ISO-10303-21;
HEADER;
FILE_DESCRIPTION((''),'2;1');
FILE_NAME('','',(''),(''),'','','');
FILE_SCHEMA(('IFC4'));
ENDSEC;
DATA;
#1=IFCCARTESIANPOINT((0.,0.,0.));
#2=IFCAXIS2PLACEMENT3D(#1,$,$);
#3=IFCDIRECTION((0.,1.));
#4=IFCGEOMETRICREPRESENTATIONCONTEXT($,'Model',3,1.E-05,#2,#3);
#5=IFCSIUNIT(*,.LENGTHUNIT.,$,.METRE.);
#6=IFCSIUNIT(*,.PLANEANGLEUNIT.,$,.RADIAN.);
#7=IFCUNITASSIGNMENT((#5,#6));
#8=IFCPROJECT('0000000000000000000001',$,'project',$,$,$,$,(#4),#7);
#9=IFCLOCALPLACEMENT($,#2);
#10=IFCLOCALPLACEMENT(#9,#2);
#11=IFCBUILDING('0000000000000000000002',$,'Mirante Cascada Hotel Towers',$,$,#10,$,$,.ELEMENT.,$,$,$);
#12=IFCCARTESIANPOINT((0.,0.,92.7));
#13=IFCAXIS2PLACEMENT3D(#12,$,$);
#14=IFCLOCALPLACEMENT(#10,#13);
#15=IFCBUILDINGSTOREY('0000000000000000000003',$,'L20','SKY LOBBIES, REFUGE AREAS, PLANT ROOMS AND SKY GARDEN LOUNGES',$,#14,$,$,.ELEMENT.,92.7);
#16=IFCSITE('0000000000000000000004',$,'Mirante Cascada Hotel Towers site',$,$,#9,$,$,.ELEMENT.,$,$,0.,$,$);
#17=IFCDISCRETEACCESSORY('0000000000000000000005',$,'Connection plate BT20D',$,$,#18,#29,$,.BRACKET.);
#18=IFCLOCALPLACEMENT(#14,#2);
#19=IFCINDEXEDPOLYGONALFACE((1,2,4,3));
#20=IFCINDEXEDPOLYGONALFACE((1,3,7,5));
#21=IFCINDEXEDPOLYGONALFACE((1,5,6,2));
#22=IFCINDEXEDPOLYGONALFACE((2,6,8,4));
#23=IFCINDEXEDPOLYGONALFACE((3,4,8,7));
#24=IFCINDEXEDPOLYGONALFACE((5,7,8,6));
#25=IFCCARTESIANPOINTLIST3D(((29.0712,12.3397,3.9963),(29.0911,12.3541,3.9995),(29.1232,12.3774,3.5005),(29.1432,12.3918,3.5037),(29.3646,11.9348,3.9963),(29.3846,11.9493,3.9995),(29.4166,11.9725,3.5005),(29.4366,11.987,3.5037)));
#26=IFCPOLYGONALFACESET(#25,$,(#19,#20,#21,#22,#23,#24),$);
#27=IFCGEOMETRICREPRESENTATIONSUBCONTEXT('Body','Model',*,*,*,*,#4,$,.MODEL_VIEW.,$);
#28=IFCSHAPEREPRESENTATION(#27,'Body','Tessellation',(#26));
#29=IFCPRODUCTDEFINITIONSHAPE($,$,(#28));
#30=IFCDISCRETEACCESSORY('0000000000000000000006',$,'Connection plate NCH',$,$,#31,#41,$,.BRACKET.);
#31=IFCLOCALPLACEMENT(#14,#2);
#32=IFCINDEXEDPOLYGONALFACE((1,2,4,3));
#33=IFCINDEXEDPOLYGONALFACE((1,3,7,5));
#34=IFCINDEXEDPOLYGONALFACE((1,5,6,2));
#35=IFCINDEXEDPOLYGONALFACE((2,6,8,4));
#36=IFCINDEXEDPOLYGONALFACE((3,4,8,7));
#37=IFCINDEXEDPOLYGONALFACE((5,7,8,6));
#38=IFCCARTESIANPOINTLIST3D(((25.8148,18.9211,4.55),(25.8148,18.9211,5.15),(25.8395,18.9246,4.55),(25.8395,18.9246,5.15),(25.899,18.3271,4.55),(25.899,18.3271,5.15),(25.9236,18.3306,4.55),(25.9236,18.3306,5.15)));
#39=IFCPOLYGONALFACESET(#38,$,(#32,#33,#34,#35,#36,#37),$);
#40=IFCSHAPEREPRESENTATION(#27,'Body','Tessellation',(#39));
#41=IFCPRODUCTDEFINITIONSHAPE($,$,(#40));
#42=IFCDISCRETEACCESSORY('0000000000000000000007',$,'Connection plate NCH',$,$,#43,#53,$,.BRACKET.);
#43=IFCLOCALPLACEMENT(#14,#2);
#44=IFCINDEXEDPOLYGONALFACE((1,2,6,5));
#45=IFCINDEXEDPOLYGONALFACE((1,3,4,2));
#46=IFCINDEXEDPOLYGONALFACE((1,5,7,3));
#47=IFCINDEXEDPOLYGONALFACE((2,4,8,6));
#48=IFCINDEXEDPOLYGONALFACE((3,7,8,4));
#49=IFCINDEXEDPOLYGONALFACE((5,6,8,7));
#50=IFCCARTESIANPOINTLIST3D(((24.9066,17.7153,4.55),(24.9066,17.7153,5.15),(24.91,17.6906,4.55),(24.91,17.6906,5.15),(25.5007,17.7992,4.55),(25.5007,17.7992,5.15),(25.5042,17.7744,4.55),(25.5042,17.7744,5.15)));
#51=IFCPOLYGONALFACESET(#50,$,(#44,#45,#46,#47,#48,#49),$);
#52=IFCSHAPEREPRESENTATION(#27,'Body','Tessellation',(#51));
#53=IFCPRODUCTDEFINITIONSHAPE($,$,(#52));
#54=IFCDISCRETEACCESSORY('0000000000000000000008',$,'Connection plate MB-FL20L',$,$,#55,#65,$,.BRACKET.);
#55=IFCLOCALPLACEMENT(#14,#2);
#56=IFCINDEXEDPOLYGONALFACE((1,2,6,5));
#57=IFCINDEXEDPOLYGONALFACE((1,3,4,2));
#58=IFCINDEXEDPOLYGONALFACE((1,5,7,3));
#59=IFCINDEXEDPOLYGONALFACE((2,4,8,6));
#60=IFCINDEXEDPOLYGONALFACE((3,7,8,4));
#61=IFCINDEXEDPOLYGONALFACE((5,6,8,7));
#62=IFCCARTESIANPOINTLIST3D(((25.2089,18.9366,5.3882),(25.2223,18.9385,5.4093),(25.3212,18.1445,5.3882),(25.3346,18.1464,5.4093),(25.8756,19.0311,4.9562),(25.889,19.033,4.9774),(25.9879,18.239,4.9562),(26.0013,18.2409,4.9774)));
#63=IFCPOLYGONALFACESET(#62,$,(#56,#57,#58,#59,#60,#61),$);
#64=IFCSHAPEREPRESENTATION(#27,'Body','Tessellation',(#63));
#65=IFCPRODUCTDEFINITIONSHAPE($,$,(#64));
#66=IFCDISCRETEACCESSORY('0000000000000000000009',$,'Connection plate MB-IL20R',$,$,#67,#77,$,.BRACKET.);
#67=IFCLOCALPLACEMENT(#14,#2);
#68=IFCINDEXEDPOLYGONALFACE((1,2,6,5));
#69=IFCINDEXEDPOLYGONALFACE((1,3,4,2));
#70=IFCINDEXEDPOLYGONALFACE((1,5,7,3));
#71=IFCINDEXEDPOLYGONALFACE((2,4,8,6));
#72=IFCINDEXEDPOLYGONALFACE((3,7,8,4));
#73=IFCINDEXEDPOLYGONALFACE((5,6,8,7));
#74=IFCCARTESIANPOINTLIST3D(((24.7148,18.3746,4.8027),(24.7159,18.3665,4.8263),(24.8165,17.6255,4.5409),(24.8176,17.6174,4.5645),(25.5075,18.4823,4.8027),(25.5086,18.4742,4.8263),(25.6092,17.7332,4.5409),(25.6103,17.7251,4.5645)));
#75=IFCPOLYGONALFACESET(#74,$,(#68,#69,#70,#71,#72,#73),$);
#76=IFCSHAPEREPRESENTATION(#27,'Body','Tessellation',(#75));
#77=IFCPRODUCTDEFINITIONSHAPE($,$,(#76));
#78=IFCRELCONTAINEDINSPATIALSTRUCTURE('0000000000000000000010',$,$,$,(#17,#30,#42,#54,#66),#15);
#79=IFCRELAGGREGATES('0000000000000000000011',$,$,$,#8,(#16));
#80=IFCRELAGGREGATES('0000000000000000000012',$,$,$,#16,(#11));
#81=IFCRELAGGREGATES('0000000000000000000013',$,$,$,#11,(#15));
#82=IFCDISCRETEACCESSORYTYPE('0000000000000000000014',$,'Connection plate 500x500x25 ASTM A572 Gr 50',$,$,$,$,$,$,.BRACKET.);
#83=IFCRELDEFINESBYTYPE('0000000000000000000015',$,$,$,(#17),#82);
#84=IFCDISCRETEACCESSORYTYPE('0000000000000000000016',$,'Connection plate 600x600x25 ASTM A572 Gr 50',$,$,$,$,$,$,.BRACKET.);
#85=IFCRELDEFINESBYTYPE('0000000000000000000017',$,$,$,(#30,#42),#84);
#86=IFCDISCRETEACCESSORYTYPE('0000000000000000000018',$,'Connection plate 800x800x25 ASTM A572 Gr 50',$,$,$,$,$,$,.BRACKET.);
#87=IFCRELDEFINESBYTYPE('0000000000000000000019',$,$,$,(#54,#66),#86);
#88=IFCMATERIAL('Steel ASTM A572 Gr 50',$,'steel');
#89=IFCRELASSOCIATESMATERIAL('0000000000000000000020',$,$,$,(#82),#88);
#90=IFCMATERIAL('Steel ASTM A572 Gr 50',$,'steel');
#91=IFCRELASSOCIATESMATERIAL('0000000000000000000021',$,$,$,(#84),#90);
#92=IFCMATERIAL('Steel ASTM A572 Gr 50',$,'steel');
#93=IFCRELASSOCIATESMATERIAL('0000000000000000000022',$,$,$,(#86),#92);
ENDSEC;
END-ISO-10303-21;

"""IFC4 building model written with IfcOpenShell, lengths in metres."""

from ifc_helpers import new_model, si_unit, direction, frame, origin, origin_2d, place, context, subcontext, project, spatial, rectangle, extrude, material, material_profile, profile_set, type_object, element, save


model = new_model("IFC4")

# Units and contexts
model_context = context("Model", 3, precision=1e-05, world=origin(), true_north=direction((0.0, 1.0)))
body_context = subcontext(model_context, "Body", "Model", "MODEL_VIEW")
ifc_project = project(units=[si_unit("LENGTHUNIT", "METRE"), si_unit("PLANEANGLEUNIT", "RADIAN")], contexts=[model_context])

# Site, building, storey
site_placement = place(None, origin())
site = spatial("IfcSite", under=ifc_project, at=site_placement, Name="Mirante Cascada Hotel Towers site", CompositionType="ELEMENT", RefElevation=0.0)
building_placement = place(site_placement, origin())
building = spatial("IfcBuilding", under=site, at=building_placement, Name="Mirante Cascada Hotel Towers", CompositionType="ELEMENT")
storey_placement = place(building_placement, frame((0.0, 0.0, 92.7)))
storey = spatial("IfcBuildingStorey", under=building, at=storey_placement, Name="L20", Description="SKY LOBBIES, REFUGE AREAS, PLANT ROOMS AND SKY GARDEN LOUNGES", CompositionType="ELEMENT", Elevation=92.7)

# Discrete accessories
ifc_material_1 = material(Name="Steel ASTM A572 Gr 50", Category="steel")
ifc_material_profile_1 = material_profile(ifc_material_1, rectangle(XDim=0.5, YDim=0.5, at=origin_2d()), Name="Connection plate 500x500x25 ASTM A572 Gr 50")
ifc_profile_set_1 = profile_set([ifc_material_profile_1], Name="Steel ASTM A572 Gr 50")
discrete_accessory_type_1 = type_object("IfcDiscreteAccessoryType", Name="Connection plate 500x500x25 ASTM A572 Gr 50", PredefinedType="BRACKET", material=ifc_profile_set_1)
discrete_accessory_1_placement = place(storey_placement, frame((29.2439, 12.1561, 3.7484), z_axis=(0.802902, 0.582104, 0.128464), x_axis=(-0.586968, 0.80961, 0.0)))
element("IfcDiscreteAccessory", 1, at=discrete_accessory_1_placement, inside=storey, type_object=discrete_accessory_type_1, Name="Connection plate BT20D", PredefinedType="BRACKET", context=body_context, shape_type="SweptSolid", body=[
    extrude(rectangle(XDim=0.5, YDim=0.5, at=origin_2d()), origin(), (0.0, 0.0, 1.0), 0.0249),
])
ifc_material_2 = material(Name="Steel ASTM A572 Gr 50", Category="steel")
ifc_material_profile_2 = material_profile(ifc_material_2, rectangle(XDim=0.6, YDim=0.6, at=origin_2d()), Name="Connection plate 600x600x25 ASTM A572 Gr 50")
ifc_profile_set_2 = profile_set([ifc_material_profile_2], Name="Steel ASTM A572 Gr 50")
discrete_accessory_type_2 = type_object("IfcDiscreteAccessoryType", Name="Connection plate 600x600x25 ASTM A572 Gr 50", PredefinedType="BRACKET", material=ifc_profile_set_2)
discrete_accessory_2_placement = place(storey_placement, frame((25.8569, 18.6241, 4.85), z_axis=(0.990109, 0.140299, 0.0), x_axis=(-0.140299, 0.990109, 0.0)))
element("IfcDiscreteAccessory", 2, at=discrete_accessory_2_placement, inside=storey, type_object=discrete_accessory_type_2, Name="Connection plate NCH", PredefinedType="BRACKET", context=body_context, shape_type="SweptSolid", body=[
    extrude(rectangle(XDim=0.6, YDim=0.6, at=origin_2d()), origin(), (0.0, 0.0, 1.0), 0.0249),
])
discrete_accessory_3_placement = place(storey_placement, frame((25.2071, 17.7325, 4.85), z_axis=(-0.139744, 0.990188, 0.0), x_axis=(-0.990188, -0.139744, 0.0)))
element("IfcDiscreteAccessory", 3, at=discrete_accessory_3_placement, inside=storey, type_object=discrete_accessory_type_2, Name="Connection plate NCH", PredefinedType="BRACKET", context=body_context, shape_type="SweptSolid", body=[
    extrude(rectangle(XDim=0.6, YDim=0.6, at=origin_2d()), origin(), (0.0, 0.0, 1.0), 0.025),
])
ifc_material_3 = material(Name="Steel ASTM A572 Gr 50", Category="steel")
ifc_material_profile_3 = material_profile(ifc_material_3, rectangle(XDim=0.8, YDim=0.8, at=origin_2d()), Name="Connection plate 800x800x25 ASTM A572 Gr 50")
ifc_profile_set_3 = profile_set([ifc_material_profile_3], Name="Steel ASTM A572 Gr 50")
discrete_accessory_type_3 = type_object("IfcDiscreteAccessoryType", Name="Connection plate 800x800x25 ASTM A572 Gr 50", PredefinedType="BRACKET", material=ifc_profile_set_3)
discrete_accessory_4_placement = place(storey_placement, frame((25.5984, 18.5878, 5.1722), z_axis=(0.534556, 0.075795, 0.841727), x_axis=(-0.140387, 0.990097, 0.0)))
element("IfcDiscreteAccessory", 4, at=discrete_accessory_4_placement, inside=storey, type_object=discrete_accessory_type_3, Name="Connection plate MB-FL20L", PredefinedType="BRACKET", context=body_context, shape_type="SweptSolid", body=[
    extrude(rectangle(XDim=0.8, YDim=0.8, at=origin_2d()), origin(), (0.0, 0.0, 1.0), 0.0251),
])
discrete_accessory_5_placement = place(storey_placement, frame((25.162, 18.0539, 4.6718), z_axis=(0.044043, -0.324317, 0.944923), x_axis=(0.990904, 0.134567, 0.0)))
element("IfcDiscreteAccessory", 5, at=discrete_accessory_5_placement, inside=storey, type_object=discrete_accessory_type_3, Name="Connection plate MB-IL20R", PredefinedType="BRACKET", context=body_context, shape_type="SweptSolid", body=[
    extrude(rectangle(XDim=0.8, YDim=0.8, at=origin_2d()), origin(), (0.0, 0.0, 1.0), 0.025),
])

save(model, "model.ifc")
